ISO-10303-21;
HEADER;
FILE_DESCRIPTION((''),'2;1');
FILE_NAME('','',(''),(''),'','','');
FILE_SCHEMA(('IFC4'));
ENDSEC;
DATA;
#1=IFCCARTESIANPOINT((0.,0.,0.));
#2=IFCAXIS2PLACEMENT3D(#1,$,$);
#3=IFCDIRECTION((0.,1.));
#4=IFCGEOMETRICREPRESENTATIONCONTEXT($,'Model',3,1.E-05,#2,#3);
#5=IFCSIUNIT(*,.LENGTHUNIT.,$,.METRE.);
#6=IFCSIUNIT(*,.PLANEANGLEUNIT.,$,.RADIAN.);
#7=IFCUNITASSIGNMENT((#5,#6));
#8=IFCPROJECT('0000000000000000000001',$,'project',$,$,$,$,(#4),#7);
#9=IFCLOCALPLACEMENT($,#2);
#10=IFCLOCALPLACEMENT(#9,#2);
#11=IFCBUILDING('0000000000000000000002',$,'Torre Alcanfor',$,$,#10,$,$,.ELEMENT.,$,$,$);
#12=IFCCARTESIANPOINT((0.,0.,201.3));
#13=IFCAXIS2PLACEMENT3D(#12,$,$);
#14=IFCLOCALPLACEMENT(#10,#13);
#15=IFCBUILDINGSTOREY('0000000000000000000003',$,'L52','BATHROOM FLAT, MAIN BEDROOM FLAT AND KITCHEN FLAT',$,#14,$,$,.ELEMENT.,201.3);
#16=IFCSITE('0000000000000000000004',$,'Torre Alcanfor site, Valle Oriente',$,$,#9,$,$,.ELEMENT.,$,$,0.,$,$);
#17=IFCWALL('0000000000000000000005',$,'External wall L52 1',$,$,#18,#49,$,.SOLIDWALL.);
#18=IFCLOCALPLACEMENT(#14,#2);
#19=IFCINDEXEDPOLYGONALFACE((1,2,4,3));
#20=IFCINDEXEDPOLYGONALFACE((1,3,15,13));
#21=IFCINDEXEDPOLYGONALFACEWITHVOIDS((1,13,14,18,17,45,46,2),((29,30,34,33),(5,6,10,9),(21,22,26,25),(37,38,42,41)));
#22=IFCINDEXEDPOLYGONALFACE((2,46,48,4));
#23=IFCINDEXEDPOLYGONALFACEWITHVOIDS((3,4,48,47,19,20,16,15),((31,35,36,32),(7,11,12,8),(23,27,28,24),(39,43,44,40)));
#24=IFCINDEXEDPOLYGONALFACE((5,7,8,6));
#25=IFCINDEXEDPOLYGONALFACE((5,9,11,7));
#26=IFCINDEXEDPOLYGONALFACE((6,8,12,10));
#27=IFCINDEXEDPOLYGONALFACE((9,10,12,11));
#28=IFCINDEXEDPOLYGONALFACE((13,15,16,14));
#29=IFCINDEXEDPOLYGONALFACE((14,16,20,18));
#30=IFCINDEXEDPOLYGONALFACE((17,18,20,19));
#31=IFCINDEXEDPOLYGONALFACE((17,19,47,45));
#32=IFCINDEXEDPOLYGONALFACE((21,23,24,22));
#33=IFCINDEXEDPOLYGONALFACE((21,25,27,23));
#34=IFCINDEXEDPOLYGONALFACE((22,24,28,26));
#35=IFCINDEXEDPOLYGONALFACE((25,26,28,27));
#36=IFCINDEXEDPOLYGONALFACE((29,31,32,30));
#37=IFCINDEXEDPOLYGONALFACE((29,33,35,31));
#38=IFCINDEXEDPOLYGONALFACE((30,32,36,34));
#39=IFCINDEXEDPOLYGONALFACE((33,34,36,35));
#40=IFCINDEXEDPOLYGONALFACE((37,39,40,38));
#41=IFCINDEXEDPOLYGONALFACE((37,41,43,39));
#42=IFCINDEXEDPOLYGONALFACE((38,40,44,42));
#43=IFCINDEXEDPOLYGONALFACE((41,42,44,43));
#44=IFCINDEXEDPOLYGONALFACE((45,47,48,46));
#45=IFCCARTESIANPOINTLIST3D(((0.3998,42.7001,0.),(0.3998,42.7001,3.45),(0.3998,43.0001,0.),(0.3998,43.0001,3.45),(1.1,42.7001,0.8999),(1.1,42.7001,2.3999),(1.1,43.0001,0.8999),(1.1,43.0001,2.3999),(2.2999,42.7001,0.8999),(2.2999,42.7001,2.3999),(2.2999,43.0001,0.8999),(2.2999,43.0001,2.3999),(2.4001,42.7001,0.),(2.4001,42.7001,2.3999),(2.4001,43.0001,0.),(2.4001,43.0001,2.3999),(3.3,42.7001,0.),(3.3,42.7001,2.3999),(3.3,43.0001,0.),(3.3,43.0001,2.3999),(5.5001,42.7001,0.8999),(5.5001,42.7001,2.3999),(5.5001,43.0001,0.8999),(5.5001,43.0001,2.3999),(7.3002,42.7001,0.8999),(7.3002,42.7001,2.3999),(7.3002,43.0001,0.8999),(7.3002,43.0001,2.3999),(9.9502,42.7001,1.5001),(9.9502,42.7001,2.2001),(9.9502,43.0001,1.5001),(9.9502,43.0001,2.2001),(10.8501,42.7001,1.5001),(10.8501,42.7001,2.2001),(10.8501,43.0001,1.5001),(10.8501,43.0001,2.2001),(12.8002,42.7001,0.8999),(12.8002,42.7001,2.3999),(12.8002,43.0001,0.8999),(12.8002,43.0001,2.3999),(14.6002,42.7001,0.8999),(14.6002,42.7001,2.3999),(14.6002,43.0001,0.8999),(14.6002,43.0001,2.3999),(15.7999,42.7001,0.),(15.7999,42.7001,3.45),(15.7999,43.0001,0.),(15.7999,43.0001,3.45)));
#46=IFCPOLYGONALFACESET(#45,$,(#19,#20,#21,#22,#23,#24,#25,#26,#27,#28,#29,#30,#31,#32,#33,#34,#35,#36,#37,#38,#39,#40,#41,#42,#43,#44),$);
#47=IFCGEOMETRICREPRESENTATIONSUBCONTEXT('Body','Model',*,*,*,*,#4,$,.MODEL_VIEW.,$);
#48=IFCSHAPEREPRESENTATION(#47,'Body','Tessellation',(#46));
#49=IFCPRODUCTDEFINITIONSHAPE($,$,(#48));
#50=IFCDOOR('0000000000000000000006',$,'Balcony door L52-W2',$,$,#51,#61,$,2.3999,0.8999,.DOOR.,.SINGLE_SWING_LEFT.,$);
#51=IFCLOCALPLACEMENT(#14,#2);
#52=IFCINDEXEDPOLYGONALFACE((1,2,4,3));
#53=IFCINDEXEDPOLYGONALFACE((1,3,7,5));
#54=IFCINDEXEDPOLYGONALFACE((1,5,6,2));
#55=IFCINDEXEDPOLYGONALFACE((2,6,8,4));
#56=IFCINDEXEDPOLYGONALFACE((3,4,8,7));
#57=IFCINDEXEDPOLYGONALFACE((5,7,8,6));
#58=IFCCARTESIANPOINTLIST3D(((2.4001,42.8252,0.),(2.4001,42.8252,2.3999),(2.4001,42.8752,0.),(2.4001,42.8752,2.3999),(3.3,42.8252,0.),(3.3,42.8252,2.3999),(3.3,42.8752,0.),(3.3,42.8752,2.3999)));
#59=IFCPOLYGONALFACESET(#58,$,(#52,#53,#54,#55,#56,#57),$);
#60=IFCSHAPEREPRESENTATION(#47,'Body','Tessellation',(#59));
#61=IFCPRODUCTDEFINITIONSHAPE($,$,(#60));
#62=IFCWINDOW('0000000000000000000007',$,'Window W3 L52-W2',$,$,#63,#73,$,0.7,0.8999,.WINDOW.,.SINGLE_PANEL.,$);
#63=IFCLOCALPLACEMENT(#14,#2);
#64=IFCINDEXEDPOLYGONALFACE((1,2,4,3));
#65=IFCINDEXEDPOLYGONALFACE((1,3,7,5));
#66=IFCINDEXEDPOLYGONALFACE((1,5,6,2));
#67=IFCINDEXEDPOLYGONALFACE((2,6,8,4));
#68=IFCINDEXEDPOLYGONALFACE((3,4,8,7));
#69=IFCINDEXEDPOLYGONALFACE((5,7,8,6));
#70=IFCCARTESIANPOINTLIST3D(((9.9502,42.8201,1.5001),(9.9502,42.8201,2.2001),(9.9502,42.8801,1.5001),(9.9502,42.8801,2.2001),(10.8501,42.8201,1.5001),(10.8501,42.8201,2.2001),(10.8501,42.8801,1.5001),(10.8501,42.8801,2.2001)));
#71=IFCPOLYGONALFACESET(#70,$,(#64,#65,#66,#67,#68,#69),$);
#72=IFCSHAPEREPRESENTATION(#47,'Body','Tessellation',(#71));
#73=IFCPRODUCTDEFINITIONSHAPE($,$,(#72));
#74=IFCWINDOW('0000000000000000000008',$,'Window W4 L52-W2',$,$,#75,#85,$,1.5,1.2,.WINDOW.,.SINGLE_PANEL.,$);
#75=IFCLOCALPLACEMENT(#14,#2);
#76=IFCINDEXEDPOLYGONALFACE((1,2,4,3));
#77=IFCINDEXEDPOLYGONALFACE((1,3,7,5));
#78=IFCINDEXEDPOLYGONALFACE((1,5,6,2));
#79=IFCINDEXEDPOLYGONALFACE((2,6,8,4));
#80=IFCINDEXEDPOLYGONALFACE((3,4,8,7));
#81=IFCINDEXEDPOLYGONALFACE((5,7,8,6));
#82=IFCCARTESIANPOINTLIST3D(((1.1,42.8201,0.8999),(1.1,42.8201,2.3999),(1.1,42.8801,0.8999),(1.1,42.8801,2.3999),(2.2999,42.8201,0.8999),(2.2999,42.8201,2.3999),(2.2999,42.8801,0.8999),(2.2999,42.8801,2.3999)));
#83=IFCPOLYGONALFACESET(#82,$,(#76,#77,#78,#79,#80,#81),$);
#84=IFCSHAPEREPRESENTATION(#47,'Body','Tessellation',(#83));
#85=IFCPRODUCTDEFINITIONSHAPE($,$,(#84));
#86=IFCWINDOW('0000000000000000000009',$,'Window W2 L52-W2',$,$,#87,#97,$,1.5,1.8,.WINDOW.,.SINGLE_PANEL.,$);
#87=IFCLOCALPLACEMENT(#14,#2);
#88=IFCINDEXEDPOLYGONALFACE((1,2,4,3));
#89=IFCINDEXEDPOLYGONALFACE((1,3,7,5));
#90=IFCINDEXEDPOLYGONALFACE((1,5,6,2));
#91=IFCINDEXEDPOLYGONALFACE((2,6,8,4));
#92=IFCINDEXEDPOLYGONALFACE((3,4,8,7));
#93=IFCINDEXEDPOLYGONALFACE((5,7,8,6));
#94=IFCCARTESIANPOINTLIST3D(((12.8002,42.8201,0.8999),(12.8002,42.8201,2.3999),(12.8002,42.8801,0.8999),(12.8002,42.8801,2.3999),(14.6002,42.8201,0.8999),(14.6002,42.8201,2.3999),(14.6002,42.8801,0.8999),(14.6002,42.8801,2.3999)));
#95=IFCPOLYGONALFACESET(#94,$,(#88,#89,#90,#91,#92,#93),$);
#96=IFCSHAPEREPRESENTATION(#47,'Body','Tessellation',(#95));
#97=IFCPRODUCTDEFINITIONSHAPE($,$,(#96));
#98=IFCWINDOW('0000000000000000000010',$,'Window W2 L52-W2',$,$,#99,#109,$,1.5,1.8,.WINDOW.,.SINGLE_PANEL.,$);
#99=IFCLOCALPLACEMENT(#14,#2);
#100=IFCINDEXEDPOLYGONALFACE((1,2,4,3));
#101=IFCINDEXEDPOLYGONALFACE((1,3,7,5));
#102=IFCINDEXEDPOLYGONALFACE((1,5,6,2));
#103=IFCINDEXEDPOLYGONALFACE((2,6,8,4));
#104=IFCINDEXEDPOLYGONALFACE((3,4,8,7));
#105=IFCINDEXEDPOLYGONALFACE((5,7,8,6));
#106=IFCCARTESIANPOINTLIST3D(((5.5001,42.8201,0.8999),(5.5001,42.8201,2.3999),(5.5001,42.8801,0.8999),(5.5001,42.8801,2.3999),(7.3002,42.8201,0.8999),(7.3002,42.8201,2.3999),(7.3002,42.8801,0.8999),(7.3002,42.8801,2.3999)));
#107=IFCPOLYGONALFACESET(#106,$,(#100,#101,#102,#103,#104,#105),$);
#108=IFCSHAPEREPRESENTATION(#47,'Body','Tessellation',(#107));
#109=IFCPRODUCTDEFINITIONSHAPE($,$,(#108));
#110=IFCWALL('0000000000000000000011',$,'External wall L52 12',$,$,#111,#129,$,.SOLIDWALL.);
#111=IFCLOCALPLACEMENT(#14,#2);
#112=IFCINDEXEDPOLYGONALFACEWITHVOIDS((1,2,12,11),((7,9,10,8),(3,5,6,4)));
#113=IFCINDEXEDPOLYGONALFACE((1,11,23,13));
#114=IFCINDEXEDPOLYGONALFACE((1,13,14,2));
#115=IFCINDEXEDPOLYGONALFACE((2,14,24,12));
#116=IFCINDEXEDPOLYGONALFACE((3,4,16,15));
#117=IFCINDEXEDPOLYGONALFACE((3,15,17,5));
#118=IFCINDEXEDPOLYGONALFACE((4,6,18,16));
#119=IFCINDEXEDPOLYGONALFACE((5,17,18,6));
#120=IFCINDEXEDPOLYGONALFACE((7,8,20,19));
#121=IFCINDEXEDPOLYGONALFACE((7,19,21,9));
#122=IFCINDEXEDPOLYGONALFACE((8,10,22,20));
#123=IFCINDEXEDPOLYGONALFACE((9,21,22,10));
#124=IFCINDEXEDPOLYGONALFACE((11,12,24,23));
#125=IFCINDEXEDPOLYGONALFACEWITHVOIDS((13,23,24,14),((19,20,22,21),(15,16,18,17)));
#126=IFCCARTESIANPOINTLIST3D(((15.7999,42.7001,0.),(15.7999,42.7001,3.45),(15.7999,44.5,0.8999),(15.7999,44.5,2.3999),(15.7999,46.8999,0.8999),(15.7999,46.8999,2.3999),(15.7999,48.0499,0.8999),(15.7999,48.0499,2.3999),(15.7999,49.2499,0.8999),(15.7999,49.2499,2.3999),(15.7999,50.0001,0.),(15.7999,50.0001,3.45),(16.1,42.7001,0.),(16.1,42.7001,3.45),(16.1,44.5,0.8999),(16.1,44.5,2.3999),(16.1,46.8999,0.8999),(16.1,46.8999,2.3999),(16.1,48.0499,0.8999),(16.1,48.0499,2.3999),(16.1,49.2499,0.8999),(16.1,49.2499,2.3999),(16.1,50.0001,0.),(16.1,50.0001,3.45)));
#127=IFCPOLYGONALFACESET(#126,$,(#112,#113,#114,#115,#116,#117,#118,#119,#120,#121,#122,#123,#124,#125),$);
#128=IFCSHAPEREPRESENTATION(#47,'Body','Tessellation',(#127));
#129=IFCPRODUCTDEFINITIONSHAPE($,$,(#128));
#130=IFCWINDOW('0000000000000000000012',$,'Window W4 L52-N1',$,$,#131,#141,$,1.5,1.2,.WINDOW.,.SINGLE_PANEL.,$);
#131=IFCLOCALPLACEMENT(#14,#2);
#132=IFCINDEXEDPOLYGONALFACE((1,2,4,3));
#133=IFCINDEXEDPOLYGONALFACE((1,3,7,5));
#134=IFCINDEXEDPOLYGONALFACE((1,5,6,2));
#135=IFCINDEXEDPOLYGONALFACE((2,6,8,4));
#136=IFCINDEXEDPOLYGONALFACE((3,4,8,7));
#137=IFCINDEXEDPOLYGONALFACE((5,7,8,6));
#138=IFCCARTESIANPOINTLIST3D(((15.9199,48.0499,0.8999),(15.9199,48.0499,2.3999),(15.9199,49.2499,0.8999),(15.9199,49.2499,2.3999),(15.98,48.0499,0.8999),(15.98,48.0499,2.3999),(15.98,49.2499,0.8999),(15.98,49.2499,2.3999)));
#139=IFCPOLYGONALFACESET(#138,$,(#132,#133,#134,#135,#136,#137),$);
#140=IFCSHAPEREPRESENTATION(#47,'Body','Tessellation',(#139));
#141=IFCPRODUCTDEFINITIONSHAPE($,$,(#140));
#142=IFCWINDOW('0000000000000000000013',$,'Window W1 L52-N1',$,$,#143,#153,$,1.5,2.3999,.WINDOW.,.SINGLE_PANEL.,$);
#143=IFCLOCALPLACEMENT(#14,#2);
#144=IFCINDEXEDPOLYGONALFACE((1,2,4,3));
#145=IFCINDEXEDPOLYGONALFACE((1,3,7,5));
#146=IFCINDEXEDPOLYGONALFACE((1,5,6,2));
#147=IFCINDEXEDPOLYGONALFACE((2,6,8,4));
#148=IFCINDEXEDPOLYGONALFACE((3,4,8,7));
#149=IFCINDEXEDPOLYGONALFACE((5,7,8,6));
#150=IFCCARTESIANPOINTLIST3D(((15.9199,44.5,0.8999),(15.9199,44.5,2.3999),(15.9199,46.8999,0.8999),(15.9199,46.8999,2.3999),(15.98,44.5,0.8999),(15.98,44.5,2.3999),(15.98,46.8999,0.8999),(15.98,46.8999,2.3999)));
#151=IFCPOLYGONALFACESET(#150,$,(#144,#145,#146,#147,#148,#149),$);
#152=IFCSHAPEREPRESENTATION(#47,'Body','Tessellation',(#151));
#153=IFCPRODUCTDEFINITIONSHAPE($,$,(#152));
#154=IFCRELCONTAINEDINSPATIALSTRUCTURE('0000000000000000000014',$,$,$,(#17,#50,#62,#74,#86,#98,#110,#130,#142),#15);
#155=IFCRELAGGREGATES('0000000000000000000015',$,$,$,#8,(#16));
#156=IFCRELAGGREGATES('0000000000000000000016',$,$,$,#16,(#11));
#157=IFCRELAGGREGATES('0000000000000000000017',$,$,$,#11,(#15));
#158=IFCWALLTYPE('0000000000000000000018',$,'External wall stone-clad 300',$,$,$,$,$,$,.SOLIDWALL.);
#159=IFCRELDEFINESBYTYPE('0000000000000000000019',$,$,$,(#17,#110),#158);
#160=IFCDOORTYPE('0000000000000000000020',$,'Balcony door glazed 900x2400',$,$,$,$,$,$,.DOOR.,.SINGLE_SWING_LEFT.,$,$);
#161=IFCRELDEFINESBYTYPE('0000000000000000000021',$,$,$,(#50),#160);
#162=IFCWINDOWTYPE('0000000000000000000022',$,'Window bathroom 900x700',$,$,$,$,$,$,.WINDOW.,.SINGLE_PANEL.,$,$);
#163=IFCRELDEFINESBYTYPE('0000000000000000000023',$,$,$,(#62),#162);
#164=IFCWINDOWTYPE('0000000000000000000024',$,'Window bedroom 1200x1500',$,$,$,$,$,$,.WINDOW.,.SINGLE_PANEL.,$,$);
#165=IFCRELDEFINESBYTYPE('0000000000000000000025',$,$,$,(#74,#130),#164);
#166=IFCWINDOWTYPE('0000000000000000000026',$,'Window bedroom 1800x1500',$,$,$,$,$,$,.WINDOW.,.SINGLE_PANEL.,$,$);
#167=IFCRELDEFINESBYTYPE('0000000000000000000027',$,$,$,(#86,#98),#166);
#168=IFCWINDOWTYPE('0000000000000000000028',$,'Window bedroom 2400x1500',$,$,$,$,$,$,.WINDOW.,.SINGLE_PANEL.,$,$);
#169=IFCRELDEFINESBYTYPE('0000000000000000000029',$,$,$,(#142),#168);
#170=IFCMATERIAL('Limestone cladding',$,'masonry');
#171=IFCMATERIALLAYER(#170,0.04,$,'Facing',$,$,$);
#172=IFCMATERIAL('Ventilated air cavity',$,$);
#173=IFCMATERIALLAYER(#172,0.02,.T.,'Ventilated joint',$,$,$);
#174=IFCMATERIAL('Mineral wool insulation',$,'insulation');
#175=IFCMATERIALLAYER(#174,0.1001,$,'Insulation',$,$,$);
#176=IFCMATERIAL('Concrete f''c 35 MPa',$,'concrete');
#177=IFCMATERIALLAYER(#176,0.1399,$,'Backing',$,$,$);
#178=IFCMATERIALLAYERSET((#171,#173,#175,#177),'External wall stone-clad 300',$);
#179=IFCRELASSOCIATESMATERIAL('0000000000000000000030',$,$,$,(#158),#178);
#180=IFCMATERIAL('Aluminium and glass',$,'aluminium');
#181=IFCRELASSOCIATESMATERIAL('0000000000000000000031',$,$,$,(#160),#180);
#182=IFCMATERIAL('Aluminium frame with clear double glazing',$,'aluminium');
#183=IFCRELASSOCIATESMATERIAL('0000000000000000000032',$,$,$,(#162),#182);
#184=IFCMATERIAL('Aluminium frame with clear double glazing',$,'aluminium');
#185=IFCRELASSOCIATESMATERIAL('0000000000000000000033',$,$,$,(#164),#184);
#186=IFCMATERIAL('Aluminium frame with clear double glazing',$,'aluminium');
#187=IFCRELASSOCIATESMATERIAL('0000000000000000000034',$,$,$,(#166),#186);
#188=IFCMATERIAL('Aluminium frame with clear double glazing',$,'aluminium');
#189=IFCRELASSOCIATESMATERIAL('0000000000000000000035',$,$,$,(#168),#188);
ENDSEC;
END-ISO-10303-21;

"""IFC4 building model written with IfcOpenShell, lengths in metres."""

from ifc_helpers import new_model, si_unit, direction, frame, frame_2d, origin, place, context, subcontext, project, spatial, rectangle, extrude, material, layer, layer_set, type_object, element, fill, save


model = new_model("IFC4")

# Units and contexts
model_context = context("Model", 3, precision=1e-05, world=origin(), true_north=direction((0.0, 1.0)))
body_context = subcontext(model_context, "Body", "Model", "MODEL_VIEW")
ifc_project = project(units=[si_unit("LENGTHUNIT", "METRE"), si_unit("PLANEANGLEUNIT", "RADIAN")], contexts=[model_context])

# Site, building, storey
site_placement = place(None, origin())
site = spatial("IfcSite", under=ifc_project, at=site_placement, Name="Torre Alcanfor site, Valle Oriente", CompositionType="ELEMENT", RefElevation=0.0)
building_placement = place(site_placement, origin())
building = spatial("IfcBuilding", under=site, at=building_placement, Name="Torre Alcanfor", CompositionType="ELEMENT")
storey_placement = place(building_placement, frame((0.0, 0.0, 201.3)))
storey = spatial("IfcBuildingStorey", under=building, at=storey_placement, Name="L52", Description="BATHROOM FLAT, MAIN BEDROOM FLAT AND KITCHEN FLAT", CompositionType="ELEMENT", Elevation=201.3)

# Wall, openings, door, windows
ifc_material_1 = material(Name="Limestone cladding", Category="masonry")
ifc_layer_1 = layer(ifc_material_1, 0.04, Name="Facing")
ifc_material_2 = material(Name="Ventilated air cavity")
ifc_layer_2 = layer(ifc_material_2, 0.02, ventilated=True, Name="Ventilated joint")
ifc_material_3 = material(Name="Mineral wool insulation", Category="insulation")
ifc_layer_3 = layer(ifc_material_3, 0.1001, Name="Insulation")
ifc_material_4 = material(Name="Concrete f'c 35 MPa", Category="concrete")
ifc_layer_4 = layer(ifc_material_4, 0.1399, Name="Backing")
ifc_layer_set_1 = layer_set([ifc_layer_1, ifc_layer_2, ifc_layer_3, ifc_layer_4], Name="External wall stone-clad 300")
wall_type_1 = type_object("IfcWallType", Name="External wall stone-clad 300", PredefinedType="SOLIDWALL", material=ifc_layer_set_1)
wall_1_placement = place(storey_placement, frame((15.8, 42.8501, 0.0), z_axis=(0.0, 0.0, 1.0), x_axis=(-1.0, 0.0, 0.0)))
wall_1 = element("IfcWall", 1, at=wall_1_placement, inside=storey, type_object=wall_type_1, Name="External wall L52 1", PredefinedType="SOLIDWALL", context=body_context, shape_type="SweptSolid", body=[
    extrude(rectangle(XDim=15.4001, YDim=0.3, at=frame_2d((7.7002, 0.0))), origin(), (0.0, 0.0, 1.0), 3.45),
])
opening_1_placement = place(wall_1_placement, frame((1.2, 0.0, 0.8999)))
opening_1 = element("IfcOpeningElement", 2, at=opening_1_placement, cuts=wall_1, PredefinedType="OPENING", context=body_context, shape_type="SweptSolid", body=[
    extrude(rectangle(XDim=1.8, YDim=1.5, at=frame_2d((0.8999, 0.75))), frame((0.0, 0.1599, 0.0), z_axis=(0.0, -1.0, 0.0), x_axis=(1.0, 0.0, 0.0)), (0.0, 0.0, 1.0), 0.3201),
])
opening_2_placement = place(wall_1_placement, frame((4.95, 0.0, 1.5)))
opening_2 = element("IfcOpeningElement", 3, at=opening_2_placement, cuts=wall_1, PredefinedType="OPENING", context=body_context, shape_type="SweptSolid", body=[
    extrude(rectangle(XDim=0.8999, YDim=0.7, at=frame_2d((0.45, 0.3501))), frame((0.0, 0.1599, 0.0), z_axis=(0.0, -1.0, 0.0), x_axis=(1.0, 0.0, 0.0)), (0.0, 0.0, 1.0), 0.3201),
])
opening_3_placement = place(wall_1_placement, frame((8.5, 0.0, 0.8999)))
opening_3 = element("IfcOpeningElement", 4, at=opening_3_placement, cuts=wall_1, PredefinedType="OPENING", context=body_context, shape_type="SweptSolid", body=[
    extrude(rectangle(XDim=1.8, YDim=1.5, at=frame_2d((0.8999, 0.75))), frame((0.0, 0.1599, 0.0), z_axis=(0.0, -1.0, 0.0), x_axis=(1.0, 0.0, 0.0)), (0.0, 0.0, 1.0), 0.3201),
])
opening_4_placement = place(wall_1_placement, frame((12.5, 0.0, 0.0)))
opening_4 = element("IfcOpeningElement", 5, at=opening_4_placement, cuts=wall_1, PredefinedType="OPENING", context=body_context, shape_type="SweptSolid", body=[
    extrude(rectangle(XDim=0.8999, YDim=2.3999, at=frame_2d((0.45, 1.2))), frame((0.0, 0.1599, 0.0), z_axis=(0.0, -1.0, 0.0), x_axis=(1.0, 0.0, 0.0)), (0.0, 0.0, 1.0), 0.3201),
])
opening_5_placement = place(wall_1_placement, frame((13.5, 0.0, 0.8999)))
opening_5 = element("IfcOpeningElement", 6, at=opening_5_placement, cuts=wall_1, PredefinedType="OPENING", context=body_context, shape_type="SweptSolid", body=[
    extrude(rectangle(XDim=1.2, YDim=1.5, at=frame_2d((0.6001, 0.75))), frame((0.0, 0.1599, 0.0), z_axis=(0.0, -1.0, 0.0), x_axis=(1.0, 0.0, 0.0)), (0.0, 0.0, 1.0), 0.3201),
])
ifc_material_5 = material(Name="Aluminium and glass", Category="aluminium")
door_type = type_object("IfcDoorType", Name="Balcony door glazed 900x2400", OperationType="SINGLE_SWING_LEFT", PredefinedType="DOOR", material=ifc_material_5)
door_placement = place(opening_4_placement, origin())
door = element("IfcDoor", 7, at=door_placement, inside=storey, type_object=door_type, Name="Balcony door L52-W2", OperationType="SINGLE_SWING_LEFT", OverallHeight=2.3999, OverallWidth=0.8999, PredefinedType="DOOR", context=body_context, shape_type="SweptSolid", body=[
    extrude(rectangle(XDim=0.8999, YDim=2.3999, at=frame_2d((0.45, 1.2))), frame((0.0, 0.0249, 0.0), z_axis=(0.0, -1.0, 0.0), x_axis=(1.0, 0.0, 0.0)), (0.0, 0.0, 1.0), 0.05),
])
fill(opening_4, door)
ifc_material_6 = material(Name="Aluminium frame with clear double glazing", Category="aluminium")
window_type_1 = type_object("IfcWindowType", Name="Window bathroom 900x700", PartitioningType="SINGLE_PANEL", PredefinedType="WINDOW", material=ifc_material_6)
window_1_placement = place(opening_2_placement, origin())
window_1 = element("IfcWindow", 8, at=window_1_placement, inside=storey, type_object=window_type_1, Name="Window W3 L52-W2", OverallHeight=0.7, OverallWidth=0.8999, PartitioningType="SINGLE_PANEL", PredefinedType="WINDOW", context=body_context, shape_type="SweptSolid", body=[
    extrude(rectangle(XDim=0.8999, YDim=0.7, at=frame_2d((0.45, 0.3501))), frame((0.0, 0.03, 0.0), z_axis=(0.0, -1.0, 0.0), x_axis=(1.0, 0.0, 0.0)), (0.0, 0.0, 1.0), 0.0601),
])
fill(opening_2, window_1)
ifc_material_7 = material(Name="Aluminium frame with clear double glazing", Category="aluminium")
window_type_2 = type_object("IfcWindowType", Name="Window bedroom 1200x1500", PartitioningType="SINGLE_PANEL", PredefinedType="WINDOW", material=ifc_material_7)
window_2_placement = place(opening_5_placement, origin())
window_2 = element("IfcWindow", 9, at=window_2_placement, inside=storey, type_object=window_type_2, Name="Window W4 L52-W2", OverallHeight=1.5, OverallWidth=1.2, PartitioningType="SINGLE_PANEL", PredefinedType="WINDOW", context=body_context, shape_type="SweptSolid", body=[
    extrude(rectangle(XDim=1.2, YDim=1.5, at=frame_2d((0.6001, 0.75))), frame((0.0, 0.03, 0.0), z_axis=(0.0, -1.0, 0.0), x_axis=(1.0, 0.0, 0.0)), (0.0, 0.0, 1.0), 0.0601),
])
fill(opening_5, window_2)
ifc_material_8 = material(Name="Aluminium frame with clear double glazing", Category="aluminium")
window_type_3 = type_object("IfcWindowType", Name="Window bedroom 1800x1500", PartitioningType="SINGLE_PANEL", PredefinedType="WINDOW", material=ifc_material_8)
window_3_placement = place(opening_1_placement, origin())
window_3 = element("IfcWindow", 10, at=window_3_placement, inside=storey, type_object=window_type_3, Name="Window W2 L52-W2", OverallHeight=1.5, OverallWidth=1.8, PartitioningType="SINGLE_PANEL", PredefinedType="WINDOW", context=body_context, shape_type="SweptSolid", body=[
    extrude(rectangle(XDim=1.8, YDim=1.5, at=frame_2d((0.8999, 0.75))), frame((0.0, 0.03, 0.0), z_axis=(0.0, -1.0, 0.0), x_axis=(1.0, 0.0, 0.0)), (0.0, 0.0, 1.0), 0.0601),
])
fill(opening_1, window_3)
window_4_placement = place(opening_3_placement, origin())
window_4 = element("IfcWindow", 11, at=window_4_placement, inside=storey, type_object=window_type_3, Name="Window W2 L52-W2", OverallHeight=1.5, OverallWidth=1.8, PartitioningType="SINGLE_PANEL", PredefinedType="WINDOW", context=body_context, shape_type="SweptSolid", body=[
    extrude(rectangle(XDim=1.8, YDim=1.5, at=frame_2d((0.8999, 0.75))), frame((0.0, 0.03, 0.0), z_axis=(0.0, -1.0, 0.0), x_axis=(1.0, 0.0, 0.0)), (0.0, 0.0, 1.0), 0.0601),
])
fill(opening_3, window_4)

# Wall, openings, windows
wall_2_placement = place(storey_placement, frame((15.95, 50.0, 0.0), z_axis=(0.0, 0.0, 1.0), x_axis=(0.0, -1.0, 0.0)))
wall_2 = element("IfcWall", 12, at=wall_2_placement, inside=storey, type_object=wall_type_1, Name="External wall L52 12", PredefinedType="SOLIDWALL", context=body_context, shape_type="SweptSolid", body=[
    extrude(rectangle(XDim=7.3, YDim=0.3, at=frame_2d((3.6499, 0.0))), origin(), (0.0, 0.0, 1.0), 3.45),
])
opening_6_placement = place(wall_2_placement, frame((3.1001, 0.0, 0.8999)))
opening_6 = element("IfcOpeningElement", 13, at=opening_6_placement, cuts=wall_2, PredefinedType="OPENING", context=body_context, shape_type="SweptSolid", body=[
    extrude(rectangle(XDim=2.3999, YDim=1.5, at=frame_2d((1.2, 0.75))), frame((0.0, 0.1599, 0.0), z_axis=(0.0, -1.0, 0.0), x_axis=(1.0, 0.0, 0.0)), (0.0, 0.0, 1.0), 0.3201),
])
opening_7_placement = place(wall_2_placement, frame((0.75, 0.0, 0.8999)))
opening_7 = element("IfcOpeningElement", 14, at=opening_7_placement, cuts=wall_2, PredefinedType="OPENING", context=body_context, shape_type="SweptSolid", body=[
    extrude(rectangle(XDim=1.2, YDim=1.5, at=frame_2d((0.6001, 0.75))), frame((0.0, 0.1599, 0.0), z_axis=(0.0, -1.0, 0.0), x_axis=(1.0, 0.0, 0.0)), (0.0, 0.0, 1.0), 0.3201),
])
window_5_placement = place(opening_7_placement, origin())
window_5 = element("IfcWindow", 15, at=window_5_placement, inside=storey, type_object=window_type_2, Name="Window W4 L52-N1", OverallHeight=1.5, OverallWidth=1.2, PartitioningType="SINGLE_PANEL", PredefinedType="WINDOW", context=body_context, shape_type="SweptSolid", body=[
    extrude(rectangle(XDim=1.2, YDim=1.5, at=frame_2d((0.6001, 0.75))), frame((0.0, 0.03, 0.0), z_axis=(0.0, -1.0, 0.0), x_axis=(1.0, 0.0, 0.0)), (0.0, 0.0, 1.0), 0.0601),
])
fill(opening_7, window_5)
ifc_material_9 = material(Name="Aluminium frame with clear double glazing", Category="aluminium")
window_type_4 = type_object("IfcWindowType", Name="Window bedroom 2400x1500", PartitioningType="SINGLE_PANEL", PredefinedType="WINDOW", material=ifc_material_9)
window_6_placement = place(opening_6_placement, origin())
window_6 = element("IfcWindow", 16, at=window_6_placement, inside=storey, type_object=window_type_4, Name="Window W1 L52-N1", OverallHeight=1.5, OverallWidth=2.3999, PartitioningType="SINGLE_PANEL", PredefinedType="WINDOW", context=body_context, shape_type="SweptSolid", body=[
    extrude(rectangle(XDim=2.3999, YDim=1.5, at=frame_2d((1.2, 0.75))), frame((0.0, 0.03, 0.0), z_axis=(0.0, -1.0, 0.0), x_axis=(1.0, 0.0, 0.0)), (0.0, 0.0, 1.0), 0.0601),
])
fill(opening_6, window_6)

save(model, "model.ifc")
